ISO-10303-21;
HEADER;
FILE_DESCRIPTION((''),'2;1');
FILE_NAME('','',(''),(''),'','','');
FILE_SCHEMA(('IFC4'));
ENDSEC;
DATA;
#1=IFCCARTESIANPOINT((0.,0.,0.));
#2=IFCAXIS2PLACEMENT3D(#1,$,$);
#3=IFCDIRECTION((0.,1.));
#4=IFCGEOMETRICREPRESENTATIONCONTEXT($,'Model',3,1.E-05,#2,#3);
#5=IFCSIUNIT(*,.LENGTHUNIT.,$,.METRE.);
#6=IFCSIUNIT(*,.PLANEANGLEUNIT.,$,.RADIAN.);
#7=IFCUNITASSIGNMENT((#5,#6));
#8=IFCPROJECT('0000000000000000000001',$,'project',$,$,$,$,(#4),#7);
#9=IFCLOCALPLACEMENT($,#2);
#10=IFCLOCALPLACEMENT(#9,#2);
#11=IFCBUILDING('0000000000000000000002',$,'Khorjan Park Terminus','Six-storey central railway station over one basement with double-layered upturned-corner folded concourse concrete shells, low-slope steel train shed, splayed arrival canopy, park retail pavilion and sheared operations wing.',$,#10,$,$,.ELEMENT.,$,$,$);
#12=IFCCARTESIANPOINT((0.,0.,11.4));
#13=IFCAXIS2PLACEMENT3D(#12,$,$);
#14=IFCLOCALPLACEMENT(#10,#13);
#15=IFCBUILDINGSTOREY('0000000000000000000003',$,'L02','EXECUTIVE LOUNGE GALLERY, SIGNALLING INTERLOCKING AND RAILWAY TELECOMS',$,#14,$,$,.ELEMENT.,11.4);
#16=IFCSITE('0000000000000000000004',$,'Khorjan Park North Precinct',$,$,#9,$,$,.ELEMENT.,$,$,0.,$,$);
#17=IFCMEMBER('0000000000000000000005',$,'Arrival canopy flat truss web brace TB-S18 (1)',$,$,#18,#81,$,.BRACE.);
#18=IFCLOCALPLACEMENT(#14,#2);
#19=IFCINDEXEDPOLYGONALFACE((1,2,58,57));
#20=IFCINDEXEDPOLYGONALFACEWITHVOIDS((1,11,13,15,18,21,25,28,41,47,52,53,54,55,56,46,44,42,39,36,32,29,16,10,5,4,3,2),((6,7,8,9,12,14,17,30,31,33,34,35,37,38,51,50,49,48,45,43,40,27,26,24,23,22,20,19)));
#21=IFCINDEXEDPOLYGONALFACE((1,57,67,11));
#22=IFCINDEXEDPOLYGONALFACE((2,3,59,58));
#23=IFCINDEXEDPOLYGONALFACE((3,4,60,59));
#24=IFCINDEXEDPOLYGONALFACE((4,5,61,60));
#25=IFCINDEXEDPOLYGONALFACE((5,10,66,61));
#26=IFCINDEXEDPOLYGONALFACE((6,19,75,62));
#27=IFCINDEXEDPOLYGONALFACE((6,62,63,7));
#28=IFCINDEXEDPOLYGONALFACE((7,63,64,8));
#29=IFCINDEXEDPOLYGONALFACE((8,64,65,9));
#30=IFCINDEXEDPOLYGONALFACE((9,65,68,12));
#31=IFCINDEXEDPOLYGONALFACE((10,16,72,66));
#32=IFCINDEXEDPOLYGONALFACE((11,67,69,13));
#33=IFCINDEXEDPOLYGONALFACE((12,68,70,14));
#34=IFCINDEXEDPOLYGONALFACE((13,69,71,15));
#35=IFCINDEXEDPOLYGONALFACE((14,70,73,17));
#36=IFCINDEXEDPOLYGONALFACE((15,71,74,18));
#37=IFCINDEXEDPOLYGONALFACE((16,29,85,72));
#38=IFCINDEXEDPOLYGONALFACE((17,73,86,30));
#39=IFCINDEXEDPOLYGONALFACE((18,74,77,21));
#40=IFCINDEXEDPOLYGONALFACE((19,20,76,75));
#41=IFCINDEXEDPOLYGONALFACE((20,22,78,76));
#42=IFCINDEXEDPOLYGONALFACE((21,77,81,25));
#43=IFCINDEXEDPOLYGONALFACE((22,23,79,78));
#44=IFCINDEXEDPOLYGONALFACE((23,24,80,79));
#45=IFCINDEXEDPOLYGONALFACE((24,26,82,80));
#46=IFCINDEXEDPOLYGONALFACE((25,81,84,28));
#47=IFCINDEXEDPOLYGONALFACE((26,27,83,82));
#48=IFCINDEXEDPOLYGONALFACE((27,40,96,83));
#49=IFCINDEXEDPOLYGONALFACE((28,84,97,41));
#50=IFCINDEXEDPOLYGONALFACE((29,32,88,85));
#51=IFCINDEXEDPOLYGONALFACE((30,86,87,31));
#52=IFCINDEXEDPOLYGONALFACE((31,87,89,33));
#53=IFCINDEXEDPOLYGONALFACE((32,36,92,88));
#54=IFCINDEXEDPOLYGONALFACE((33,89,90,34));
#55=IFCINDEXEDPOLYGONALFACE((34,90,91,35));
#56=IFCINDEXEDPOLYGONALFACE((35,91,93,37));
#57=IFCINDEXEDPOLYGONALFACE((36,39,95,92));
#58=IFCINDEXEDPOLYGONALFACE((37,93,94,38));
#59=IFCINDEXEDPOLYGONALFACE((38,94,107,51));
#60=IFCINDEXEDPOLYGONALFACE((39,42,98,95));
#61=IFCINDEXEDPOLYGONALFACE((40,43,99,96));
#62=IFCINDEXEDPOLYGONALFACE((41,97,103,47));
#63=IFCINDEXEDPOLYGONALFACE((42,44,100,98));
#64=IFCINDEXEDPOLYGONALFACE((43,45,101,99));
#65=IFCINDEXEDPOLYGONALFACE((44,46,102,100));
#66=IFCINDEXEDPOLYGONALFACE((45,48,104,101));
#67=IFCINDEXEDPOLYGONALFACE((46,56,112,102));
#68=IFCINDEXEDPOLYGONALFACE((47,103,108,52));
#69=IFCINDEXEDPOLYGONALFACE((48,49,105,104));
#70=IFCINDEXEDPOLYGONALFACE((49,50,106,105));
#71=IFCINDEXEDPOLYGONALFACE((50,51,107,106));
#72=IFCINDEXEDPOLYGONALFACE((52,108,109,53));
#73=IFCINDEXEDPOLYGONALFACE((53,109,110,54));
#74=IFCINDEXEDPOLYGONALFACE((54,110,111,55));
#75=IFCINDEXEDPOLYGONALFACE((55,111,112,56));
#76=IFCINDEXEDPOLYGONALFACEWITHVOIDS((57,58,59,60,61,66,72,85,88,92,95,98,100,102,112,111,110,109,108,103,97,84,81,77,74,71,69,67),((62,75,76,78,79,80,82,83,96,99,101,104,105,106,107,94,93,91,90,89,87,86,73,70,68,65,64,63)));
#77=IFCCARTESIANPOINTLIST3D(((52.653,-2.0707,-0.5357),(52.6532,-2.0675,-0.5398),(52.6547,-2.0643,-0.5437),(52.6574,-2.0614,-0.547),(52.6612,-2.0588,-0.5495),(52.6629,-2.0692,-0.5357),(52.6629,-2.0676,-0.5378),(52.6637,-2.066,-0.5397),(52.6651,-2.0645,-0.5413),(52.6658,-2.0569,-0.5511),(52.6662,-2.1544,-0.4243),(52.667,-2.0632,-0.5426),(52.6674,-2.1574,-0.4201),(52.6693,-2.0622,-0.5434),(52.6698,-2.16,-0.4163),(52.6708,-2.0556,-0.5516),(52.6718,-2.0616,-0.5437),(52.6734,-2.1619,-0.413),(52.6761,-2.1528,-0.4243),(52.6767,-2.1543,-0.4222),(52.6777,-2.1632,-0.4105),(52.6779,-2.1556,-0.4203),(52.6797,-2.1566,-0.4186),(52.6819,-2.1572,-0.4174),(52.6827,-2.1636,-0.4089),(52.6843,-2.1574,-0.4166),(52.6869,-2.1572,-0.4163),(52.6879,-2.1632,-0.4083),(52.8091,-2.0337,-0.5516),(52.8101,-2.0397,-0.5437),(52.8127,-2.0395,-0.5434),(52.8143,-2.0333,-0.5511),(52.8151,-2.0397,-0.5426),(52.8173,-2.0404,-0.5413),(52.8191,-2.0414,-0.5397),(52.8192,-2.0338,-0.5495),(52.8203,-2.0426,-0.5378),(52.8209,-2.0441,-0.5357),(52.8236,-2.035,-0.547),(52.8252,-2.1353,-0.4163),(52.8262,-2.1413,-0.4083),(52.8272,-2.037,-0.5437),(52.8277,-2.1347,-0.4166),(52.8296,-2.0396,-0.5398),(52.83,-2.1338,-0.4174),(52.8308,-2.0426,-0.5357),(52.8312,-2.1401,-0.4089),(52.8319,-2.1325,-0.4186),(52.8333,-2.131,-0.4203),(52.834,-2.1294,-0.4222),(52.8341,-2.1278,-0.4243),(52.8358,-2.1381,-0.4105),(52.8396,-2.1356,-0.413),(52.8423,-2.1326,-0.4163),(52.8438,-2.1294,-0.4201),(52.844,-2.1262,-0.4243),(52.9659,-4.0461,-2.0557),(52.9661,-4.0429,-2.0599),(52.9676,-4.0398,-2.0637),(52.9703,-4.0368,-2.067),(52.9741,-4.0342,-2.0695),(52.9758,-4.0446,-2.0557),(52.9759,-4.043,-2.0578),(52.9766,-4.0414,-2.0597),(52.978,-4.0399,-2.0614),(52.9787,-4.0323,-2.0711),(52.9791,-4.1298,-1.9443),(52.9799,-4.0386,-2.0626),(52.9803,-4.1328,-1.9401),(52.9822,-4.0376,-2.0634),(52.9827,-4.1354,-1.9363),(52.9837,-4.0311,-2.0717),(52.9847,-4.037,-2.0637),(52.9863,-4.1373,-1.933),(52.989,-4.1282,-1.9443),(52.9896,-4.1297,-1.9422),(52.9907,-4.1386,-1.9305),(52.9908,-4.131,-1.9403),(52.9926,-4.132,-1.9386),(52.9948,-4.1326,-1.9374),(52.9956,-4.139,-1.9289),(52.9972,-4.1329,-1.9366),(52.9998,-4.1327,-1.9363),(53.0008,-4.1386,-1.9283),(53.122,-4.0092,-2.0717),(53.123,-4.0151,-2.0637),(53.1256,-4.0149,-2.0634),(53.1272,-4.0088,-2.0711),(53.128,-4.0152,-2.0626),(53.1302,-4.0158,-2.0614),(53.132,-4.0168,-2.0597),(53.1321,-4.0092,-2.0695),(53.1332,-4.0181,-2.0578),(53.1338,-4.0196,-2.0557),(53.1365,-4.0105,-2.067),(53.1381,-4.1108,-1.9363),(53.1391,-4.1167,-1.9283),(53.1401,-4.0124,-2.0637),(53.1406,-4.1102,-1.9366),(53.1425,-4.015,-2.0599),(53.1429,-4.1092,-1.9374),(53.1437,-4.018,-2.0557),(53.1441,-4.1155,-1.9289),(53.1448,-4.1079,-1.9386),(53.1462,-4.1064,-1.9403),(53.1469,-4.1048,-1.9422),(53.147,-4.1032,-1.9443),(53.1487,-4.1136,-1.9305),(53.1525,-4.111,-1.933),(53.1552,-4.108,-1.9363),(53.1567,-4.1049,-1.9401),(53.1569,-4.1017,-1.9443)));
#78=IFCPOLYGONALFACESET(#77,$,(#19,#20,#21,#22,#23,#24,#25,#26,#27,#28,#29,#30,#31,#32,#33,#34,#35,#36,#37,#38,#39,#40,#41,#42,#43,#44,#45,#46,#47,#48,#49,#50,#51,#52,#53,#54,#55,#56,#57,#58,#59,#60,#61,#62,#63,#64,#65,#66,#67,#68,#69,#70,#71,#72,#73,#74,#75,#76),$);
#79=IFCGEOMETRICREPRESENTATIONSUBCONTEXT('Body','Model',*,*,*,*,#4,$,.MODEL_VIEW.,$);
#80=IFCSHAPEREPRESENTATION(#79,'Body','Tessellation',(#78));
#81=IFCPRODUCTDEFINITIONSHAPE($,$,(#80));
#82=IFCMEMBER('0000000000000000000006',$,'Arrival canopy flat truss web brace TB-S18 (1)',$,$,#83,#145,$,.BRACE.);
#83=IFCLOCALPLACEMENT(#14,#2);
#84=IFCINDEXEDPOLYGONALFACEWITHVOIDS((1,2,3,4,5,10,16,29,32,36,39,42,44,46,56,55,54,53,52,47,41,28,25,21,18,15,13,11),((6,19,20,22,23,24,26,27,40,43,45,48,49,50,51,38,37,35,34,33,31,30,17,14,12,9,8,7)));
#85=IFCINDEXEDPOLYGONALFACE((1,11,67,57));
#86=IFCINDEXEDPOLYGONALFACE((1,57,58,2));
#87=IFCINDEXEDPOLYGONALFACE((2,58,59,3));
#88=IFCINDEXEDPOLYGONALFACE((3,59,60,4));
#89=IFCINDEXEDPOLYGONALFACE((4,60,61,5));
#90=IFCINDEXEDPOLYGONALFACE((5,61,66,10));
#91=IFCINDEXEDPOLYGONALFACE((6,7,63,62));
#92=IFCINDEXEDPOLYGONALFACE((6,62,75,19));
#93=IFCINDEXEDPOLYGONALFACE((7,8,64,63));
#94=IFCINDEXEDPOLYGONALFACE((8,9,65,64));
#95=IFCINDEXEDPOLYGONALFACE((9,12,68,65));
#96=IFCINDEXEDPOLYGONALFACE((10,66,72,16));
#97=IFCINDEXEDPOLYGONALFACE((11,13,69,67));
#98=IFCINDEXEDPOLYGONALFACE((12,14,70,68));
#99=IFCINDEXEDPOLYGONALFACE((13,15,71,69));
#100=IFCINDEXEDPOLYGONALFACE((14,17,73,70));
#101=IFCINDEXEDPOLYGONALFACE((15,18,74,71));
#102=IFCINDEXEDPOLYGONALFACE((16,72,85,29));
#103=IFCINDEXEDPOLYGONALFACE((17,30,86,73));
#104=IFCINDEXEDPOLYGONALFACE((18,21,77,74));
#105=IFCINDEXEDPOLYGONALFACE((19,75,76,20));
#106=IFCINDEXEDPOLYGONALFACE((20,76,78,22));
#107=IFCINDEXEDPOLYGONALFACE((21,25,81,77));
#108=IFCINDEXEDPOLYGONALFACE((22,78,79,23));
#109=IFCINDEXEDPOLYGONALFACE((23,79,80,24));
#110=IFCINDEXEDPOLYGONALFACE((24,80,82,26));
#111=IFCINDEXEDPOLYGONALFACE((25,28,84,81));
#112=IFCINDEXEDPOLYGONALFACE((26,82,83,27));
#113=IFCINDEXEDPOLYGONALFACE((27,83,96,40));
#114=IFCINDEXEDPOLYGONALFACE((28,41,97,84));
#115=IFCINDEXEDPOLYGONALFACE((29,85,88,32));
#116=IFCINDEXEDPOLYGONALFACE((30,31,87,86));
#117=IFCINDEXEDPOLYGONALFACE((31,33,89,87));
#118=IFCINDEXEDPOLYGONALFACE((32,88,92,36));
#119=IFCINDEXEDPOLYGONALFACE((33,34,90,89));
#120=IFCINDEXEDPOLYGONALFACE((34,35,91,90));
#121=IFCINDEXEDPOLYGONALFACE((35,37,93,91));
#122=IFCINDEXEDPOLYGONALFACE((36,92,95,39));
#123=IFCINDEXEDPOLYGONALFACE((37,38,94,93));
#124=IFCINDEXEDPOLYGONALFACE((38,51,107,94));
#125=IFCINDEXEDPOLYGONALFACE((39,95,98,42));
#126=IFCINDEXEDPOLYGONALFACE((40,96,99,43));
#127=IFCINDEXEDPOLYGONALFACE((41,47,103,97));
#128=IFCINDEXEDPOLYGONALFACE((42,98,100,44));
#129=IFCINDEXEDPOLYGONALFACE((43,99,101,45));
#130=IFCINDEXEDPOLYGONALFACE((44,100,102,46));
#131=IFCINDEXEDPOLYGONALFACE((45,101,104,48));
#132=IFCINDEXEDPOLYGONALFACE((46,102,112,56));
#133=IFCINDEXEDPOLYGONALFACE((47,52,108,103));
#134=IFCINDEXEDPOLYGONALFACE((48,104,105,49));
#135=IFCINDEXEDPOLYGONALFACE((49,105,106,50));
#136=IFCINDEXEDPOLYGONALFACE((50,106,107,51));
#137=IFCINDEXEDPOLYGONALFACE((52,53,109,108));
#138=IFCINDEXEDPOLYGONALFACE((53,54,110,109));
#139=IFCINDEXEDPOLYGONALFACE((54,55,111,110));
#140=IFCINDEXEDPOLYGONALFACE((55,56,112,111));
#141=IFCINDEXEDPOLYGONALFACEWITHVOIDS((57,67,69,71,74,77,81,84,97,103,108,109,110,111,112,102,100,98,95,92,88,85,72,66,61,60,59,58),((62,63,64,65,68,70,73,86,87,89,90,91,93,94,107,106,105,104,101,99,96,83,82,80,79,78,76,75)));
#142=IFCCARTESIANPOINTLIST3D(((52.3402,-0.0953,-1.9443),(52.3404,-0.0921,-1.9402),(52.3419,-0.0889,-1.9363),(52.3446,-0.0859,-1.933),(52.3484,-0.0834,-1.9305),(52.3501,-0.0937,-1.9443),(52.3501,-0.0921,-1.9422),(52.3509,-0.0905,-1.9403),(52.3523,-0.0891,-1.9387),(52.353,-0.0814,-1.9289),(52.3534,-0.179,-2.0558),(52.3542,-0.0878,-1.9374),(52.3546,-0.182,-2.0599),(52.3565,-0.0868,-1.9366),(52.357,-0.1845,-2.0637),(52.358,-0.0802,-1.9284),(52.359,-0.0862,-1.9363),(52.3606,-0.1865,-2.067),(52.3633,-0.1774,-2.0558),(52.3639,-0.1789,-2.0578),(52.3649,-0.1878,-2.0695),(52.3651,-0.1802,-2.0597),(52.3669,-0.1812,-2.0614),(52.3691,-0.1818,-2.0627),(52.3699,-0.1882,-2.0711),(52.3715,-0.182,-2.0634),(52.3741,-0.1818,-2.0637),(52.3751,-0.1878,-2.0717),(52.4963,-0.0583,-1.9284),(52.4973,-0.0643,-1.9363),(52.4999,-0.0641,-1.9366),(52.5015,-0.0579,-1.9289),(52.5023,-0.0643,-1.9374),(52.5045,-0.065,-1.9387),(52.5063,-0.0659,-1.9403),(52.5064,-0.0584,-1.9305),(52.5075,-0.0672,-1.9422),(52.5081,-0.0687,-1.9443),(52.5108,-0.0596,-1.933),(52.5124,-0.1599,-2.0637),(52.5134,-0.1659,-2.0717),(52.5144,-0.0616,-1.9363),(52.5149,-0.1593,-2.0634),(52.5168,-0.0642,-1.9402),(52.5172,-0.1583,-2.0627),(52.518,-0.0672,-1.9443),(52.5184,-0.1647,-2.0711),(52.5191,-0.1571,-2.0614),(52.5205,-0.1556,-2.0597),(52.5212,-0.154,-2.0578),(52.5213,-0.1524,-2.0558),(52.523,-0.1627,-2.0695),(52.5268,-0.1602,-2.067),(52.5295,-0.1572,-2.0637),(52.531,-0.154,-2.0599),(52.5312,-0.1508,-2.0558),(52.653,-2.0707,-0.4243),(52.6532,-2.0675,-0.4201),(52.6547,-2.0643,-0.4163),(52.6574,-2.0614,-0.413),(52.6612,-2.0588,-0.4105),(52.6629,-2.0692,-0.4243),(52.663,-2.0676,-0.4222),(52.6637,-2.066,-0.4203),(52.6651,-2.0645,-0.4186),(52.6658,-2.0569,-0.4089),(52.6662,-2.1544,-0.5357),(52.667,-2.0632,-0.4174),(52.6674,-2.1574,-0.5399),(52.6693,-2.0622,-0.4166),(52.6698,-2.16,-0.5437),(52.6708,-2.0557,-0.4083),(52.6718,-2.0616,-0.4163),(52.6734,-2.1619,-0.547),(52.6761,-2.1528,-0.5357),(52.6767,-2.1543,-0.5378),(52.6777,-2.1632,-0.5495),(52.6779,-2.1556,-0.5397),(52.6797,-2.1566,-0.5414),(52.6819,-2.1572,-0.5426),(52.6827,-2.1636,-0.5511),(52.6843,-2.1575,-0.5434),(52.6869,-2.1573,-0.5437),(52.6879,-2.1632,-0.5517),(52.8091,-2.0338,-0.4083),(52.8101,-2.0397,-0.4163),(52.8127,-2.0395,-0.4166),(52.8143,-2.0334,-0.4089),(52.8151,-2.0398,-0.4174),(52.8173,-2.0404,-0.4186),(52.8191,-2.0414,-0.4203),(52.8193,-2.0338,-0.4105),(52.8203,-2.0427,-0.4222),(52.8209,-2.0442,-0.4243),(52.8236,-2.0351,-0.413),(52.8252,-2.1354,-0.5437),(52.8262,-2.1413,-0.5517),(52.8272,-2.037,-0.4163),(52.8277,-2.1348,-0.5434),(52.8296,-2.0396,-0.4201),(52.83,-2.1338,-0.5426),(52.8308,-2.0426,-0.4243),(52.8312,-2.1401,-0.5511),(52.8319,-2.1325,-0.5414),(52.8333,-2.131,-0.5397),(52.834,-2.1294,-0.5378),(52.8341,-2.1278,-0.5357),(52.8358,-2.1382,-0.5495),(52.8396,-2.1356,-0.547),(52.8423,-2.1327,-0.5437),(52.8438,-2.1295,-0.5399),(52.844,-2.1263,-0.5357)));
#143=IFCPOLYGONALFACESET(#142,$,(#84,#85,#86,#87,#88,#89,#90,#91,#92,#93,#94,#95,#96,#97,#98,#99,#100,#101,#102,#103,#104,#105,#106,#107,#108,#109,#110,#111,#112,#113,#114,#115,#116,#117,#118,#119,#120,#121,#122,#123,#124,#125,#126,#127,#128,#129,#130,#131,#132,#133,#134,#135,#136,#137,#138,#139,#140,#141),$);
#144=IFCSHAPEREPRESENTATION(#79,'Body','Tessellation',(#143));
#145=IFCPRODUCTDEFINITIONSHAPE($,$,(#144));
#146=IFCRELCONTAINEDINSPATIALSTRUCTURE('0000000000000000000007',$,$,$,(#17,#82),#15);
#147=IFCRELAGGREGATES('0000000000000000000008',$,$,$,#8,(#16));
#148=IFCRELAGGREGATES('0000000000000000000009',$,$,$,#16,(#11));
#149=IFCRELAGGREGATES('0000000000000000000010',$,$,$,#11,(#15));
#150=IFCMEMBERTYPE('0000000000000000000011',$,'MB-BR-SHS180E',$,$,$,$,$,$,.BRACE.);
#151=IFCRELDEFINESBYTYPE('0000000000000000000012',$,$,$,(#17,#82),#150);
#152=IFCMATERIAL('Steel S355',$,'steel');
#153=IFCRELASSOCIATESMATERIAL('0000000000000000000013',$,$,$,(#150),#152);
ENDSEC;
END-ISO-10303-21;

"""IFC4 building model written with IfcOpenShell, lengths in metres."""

from ifc_helpers import new_model, si_unit, direction, frame, origin, origin_2d, place, context, subcontext, project, spatial, hollow_rectangle, extrude, material, material_profile, profile_set, type_object, element, save


model = new_model("IFC4")

# Units and contexts
model_context = context("Model", 3, precision=1e-05, world=origin(), true_north=direction((0.0, 1.0)))
body_context = subcontext(model_context, "Body", "Model", "MODEL_VIEW")
ifc_project = project(units=[si_unit("LENGTHUNIT", "METRE"), si_unit("PLANEANGLEUNIT", "RADIAN")], contexts=[model_context])

# Site, building, storey
site_placement = place(None, origin())
site = spatial("IfcSite", under=ifc_project, at=site_placement, Name="Khorjan Park North Precinct", CompositionType="ELEMENT", RefElevation=0.0)
building_placement = place(site_placement, origin())
building = spatial("IfcBuilding", under=site, at=building_placement, Name="Khorjan Park Terminus", Description="Six-storey central railway station over one basement with double-layered upturned-corner folded concourse concrete shells, low-slope steel train shed, splayed arrival canopy, park retail pavilion and sheared operations wing.", CompositionType="ELEMENT")
storey_placement = place(building_placement, frame((0.0, 0.0, 11.4)))
storey = spatial("IfcBuildingStorey", under=building, at=storey_placement, Name="L02", Description="EXECUTIVE LOUNGE GALLERY, SIGNALLING INTERLOCKING AND RAILWAY TELECOMS", CompositionType="ELEMENT", Elevation=11.4)

# Members
ifc_material_1 = material(Name="Steel S355", Category="steel")
ifc_material_profile_1 = material_profile(ifc_material_1, hollow_rectangle(XDim=0.18, YDim=0.18, WallThickness=0.01, InnerFilletRadius=0.01, OuterFilletRadius=0.02, at=origin_2d()), Name="SHS 180x180x10")
ifc_profile_set_1 = profile_set([ifc_material_profile_1], Name="Steel S355")
member_type_1 = type_object("IfcMemberType", Name="MB-BR-SHS180E", PredefinedType="BRACE", material=ifc_profile_set_1)
for number, where, z_axis, x_axis, name in (
    (1, (53.0614, -4.0739, -2.0), (-0.124558, 0.786362, 0.605078), (-0.987686, -0.156448, 0.0), "Arrival canopy flat truss web brace TB-S18 (1)"),
    (2, (52.7485, -2.0985, -0.48), (-0.124519, 0.786366, -0.605081), (-0.987694, -0.156399, 0.0), "Arrival canopy flat truss web brace TB-S18 (1)"),
):
    element("IfcMember", number, at=place(storey_placement, frame(where, z_axis=z_axis, x_axis=x_axis)), inside=storey, type_object=member_type_1, Name=name, PredefinedType="BRACE", context=body_context, shape_type="SweptSolid", body=[
        extrude(hollow_rectangle(XDim=0.18, YDim=0.18, WallThickness=0.01, InnerFilletRadius=0.01, OuterFilletRadius=0.02, at=origin_2d()), origin(), (0.0, 0.0, 1.0), 2.5121),
    ])

save(model, "model.ifc")
